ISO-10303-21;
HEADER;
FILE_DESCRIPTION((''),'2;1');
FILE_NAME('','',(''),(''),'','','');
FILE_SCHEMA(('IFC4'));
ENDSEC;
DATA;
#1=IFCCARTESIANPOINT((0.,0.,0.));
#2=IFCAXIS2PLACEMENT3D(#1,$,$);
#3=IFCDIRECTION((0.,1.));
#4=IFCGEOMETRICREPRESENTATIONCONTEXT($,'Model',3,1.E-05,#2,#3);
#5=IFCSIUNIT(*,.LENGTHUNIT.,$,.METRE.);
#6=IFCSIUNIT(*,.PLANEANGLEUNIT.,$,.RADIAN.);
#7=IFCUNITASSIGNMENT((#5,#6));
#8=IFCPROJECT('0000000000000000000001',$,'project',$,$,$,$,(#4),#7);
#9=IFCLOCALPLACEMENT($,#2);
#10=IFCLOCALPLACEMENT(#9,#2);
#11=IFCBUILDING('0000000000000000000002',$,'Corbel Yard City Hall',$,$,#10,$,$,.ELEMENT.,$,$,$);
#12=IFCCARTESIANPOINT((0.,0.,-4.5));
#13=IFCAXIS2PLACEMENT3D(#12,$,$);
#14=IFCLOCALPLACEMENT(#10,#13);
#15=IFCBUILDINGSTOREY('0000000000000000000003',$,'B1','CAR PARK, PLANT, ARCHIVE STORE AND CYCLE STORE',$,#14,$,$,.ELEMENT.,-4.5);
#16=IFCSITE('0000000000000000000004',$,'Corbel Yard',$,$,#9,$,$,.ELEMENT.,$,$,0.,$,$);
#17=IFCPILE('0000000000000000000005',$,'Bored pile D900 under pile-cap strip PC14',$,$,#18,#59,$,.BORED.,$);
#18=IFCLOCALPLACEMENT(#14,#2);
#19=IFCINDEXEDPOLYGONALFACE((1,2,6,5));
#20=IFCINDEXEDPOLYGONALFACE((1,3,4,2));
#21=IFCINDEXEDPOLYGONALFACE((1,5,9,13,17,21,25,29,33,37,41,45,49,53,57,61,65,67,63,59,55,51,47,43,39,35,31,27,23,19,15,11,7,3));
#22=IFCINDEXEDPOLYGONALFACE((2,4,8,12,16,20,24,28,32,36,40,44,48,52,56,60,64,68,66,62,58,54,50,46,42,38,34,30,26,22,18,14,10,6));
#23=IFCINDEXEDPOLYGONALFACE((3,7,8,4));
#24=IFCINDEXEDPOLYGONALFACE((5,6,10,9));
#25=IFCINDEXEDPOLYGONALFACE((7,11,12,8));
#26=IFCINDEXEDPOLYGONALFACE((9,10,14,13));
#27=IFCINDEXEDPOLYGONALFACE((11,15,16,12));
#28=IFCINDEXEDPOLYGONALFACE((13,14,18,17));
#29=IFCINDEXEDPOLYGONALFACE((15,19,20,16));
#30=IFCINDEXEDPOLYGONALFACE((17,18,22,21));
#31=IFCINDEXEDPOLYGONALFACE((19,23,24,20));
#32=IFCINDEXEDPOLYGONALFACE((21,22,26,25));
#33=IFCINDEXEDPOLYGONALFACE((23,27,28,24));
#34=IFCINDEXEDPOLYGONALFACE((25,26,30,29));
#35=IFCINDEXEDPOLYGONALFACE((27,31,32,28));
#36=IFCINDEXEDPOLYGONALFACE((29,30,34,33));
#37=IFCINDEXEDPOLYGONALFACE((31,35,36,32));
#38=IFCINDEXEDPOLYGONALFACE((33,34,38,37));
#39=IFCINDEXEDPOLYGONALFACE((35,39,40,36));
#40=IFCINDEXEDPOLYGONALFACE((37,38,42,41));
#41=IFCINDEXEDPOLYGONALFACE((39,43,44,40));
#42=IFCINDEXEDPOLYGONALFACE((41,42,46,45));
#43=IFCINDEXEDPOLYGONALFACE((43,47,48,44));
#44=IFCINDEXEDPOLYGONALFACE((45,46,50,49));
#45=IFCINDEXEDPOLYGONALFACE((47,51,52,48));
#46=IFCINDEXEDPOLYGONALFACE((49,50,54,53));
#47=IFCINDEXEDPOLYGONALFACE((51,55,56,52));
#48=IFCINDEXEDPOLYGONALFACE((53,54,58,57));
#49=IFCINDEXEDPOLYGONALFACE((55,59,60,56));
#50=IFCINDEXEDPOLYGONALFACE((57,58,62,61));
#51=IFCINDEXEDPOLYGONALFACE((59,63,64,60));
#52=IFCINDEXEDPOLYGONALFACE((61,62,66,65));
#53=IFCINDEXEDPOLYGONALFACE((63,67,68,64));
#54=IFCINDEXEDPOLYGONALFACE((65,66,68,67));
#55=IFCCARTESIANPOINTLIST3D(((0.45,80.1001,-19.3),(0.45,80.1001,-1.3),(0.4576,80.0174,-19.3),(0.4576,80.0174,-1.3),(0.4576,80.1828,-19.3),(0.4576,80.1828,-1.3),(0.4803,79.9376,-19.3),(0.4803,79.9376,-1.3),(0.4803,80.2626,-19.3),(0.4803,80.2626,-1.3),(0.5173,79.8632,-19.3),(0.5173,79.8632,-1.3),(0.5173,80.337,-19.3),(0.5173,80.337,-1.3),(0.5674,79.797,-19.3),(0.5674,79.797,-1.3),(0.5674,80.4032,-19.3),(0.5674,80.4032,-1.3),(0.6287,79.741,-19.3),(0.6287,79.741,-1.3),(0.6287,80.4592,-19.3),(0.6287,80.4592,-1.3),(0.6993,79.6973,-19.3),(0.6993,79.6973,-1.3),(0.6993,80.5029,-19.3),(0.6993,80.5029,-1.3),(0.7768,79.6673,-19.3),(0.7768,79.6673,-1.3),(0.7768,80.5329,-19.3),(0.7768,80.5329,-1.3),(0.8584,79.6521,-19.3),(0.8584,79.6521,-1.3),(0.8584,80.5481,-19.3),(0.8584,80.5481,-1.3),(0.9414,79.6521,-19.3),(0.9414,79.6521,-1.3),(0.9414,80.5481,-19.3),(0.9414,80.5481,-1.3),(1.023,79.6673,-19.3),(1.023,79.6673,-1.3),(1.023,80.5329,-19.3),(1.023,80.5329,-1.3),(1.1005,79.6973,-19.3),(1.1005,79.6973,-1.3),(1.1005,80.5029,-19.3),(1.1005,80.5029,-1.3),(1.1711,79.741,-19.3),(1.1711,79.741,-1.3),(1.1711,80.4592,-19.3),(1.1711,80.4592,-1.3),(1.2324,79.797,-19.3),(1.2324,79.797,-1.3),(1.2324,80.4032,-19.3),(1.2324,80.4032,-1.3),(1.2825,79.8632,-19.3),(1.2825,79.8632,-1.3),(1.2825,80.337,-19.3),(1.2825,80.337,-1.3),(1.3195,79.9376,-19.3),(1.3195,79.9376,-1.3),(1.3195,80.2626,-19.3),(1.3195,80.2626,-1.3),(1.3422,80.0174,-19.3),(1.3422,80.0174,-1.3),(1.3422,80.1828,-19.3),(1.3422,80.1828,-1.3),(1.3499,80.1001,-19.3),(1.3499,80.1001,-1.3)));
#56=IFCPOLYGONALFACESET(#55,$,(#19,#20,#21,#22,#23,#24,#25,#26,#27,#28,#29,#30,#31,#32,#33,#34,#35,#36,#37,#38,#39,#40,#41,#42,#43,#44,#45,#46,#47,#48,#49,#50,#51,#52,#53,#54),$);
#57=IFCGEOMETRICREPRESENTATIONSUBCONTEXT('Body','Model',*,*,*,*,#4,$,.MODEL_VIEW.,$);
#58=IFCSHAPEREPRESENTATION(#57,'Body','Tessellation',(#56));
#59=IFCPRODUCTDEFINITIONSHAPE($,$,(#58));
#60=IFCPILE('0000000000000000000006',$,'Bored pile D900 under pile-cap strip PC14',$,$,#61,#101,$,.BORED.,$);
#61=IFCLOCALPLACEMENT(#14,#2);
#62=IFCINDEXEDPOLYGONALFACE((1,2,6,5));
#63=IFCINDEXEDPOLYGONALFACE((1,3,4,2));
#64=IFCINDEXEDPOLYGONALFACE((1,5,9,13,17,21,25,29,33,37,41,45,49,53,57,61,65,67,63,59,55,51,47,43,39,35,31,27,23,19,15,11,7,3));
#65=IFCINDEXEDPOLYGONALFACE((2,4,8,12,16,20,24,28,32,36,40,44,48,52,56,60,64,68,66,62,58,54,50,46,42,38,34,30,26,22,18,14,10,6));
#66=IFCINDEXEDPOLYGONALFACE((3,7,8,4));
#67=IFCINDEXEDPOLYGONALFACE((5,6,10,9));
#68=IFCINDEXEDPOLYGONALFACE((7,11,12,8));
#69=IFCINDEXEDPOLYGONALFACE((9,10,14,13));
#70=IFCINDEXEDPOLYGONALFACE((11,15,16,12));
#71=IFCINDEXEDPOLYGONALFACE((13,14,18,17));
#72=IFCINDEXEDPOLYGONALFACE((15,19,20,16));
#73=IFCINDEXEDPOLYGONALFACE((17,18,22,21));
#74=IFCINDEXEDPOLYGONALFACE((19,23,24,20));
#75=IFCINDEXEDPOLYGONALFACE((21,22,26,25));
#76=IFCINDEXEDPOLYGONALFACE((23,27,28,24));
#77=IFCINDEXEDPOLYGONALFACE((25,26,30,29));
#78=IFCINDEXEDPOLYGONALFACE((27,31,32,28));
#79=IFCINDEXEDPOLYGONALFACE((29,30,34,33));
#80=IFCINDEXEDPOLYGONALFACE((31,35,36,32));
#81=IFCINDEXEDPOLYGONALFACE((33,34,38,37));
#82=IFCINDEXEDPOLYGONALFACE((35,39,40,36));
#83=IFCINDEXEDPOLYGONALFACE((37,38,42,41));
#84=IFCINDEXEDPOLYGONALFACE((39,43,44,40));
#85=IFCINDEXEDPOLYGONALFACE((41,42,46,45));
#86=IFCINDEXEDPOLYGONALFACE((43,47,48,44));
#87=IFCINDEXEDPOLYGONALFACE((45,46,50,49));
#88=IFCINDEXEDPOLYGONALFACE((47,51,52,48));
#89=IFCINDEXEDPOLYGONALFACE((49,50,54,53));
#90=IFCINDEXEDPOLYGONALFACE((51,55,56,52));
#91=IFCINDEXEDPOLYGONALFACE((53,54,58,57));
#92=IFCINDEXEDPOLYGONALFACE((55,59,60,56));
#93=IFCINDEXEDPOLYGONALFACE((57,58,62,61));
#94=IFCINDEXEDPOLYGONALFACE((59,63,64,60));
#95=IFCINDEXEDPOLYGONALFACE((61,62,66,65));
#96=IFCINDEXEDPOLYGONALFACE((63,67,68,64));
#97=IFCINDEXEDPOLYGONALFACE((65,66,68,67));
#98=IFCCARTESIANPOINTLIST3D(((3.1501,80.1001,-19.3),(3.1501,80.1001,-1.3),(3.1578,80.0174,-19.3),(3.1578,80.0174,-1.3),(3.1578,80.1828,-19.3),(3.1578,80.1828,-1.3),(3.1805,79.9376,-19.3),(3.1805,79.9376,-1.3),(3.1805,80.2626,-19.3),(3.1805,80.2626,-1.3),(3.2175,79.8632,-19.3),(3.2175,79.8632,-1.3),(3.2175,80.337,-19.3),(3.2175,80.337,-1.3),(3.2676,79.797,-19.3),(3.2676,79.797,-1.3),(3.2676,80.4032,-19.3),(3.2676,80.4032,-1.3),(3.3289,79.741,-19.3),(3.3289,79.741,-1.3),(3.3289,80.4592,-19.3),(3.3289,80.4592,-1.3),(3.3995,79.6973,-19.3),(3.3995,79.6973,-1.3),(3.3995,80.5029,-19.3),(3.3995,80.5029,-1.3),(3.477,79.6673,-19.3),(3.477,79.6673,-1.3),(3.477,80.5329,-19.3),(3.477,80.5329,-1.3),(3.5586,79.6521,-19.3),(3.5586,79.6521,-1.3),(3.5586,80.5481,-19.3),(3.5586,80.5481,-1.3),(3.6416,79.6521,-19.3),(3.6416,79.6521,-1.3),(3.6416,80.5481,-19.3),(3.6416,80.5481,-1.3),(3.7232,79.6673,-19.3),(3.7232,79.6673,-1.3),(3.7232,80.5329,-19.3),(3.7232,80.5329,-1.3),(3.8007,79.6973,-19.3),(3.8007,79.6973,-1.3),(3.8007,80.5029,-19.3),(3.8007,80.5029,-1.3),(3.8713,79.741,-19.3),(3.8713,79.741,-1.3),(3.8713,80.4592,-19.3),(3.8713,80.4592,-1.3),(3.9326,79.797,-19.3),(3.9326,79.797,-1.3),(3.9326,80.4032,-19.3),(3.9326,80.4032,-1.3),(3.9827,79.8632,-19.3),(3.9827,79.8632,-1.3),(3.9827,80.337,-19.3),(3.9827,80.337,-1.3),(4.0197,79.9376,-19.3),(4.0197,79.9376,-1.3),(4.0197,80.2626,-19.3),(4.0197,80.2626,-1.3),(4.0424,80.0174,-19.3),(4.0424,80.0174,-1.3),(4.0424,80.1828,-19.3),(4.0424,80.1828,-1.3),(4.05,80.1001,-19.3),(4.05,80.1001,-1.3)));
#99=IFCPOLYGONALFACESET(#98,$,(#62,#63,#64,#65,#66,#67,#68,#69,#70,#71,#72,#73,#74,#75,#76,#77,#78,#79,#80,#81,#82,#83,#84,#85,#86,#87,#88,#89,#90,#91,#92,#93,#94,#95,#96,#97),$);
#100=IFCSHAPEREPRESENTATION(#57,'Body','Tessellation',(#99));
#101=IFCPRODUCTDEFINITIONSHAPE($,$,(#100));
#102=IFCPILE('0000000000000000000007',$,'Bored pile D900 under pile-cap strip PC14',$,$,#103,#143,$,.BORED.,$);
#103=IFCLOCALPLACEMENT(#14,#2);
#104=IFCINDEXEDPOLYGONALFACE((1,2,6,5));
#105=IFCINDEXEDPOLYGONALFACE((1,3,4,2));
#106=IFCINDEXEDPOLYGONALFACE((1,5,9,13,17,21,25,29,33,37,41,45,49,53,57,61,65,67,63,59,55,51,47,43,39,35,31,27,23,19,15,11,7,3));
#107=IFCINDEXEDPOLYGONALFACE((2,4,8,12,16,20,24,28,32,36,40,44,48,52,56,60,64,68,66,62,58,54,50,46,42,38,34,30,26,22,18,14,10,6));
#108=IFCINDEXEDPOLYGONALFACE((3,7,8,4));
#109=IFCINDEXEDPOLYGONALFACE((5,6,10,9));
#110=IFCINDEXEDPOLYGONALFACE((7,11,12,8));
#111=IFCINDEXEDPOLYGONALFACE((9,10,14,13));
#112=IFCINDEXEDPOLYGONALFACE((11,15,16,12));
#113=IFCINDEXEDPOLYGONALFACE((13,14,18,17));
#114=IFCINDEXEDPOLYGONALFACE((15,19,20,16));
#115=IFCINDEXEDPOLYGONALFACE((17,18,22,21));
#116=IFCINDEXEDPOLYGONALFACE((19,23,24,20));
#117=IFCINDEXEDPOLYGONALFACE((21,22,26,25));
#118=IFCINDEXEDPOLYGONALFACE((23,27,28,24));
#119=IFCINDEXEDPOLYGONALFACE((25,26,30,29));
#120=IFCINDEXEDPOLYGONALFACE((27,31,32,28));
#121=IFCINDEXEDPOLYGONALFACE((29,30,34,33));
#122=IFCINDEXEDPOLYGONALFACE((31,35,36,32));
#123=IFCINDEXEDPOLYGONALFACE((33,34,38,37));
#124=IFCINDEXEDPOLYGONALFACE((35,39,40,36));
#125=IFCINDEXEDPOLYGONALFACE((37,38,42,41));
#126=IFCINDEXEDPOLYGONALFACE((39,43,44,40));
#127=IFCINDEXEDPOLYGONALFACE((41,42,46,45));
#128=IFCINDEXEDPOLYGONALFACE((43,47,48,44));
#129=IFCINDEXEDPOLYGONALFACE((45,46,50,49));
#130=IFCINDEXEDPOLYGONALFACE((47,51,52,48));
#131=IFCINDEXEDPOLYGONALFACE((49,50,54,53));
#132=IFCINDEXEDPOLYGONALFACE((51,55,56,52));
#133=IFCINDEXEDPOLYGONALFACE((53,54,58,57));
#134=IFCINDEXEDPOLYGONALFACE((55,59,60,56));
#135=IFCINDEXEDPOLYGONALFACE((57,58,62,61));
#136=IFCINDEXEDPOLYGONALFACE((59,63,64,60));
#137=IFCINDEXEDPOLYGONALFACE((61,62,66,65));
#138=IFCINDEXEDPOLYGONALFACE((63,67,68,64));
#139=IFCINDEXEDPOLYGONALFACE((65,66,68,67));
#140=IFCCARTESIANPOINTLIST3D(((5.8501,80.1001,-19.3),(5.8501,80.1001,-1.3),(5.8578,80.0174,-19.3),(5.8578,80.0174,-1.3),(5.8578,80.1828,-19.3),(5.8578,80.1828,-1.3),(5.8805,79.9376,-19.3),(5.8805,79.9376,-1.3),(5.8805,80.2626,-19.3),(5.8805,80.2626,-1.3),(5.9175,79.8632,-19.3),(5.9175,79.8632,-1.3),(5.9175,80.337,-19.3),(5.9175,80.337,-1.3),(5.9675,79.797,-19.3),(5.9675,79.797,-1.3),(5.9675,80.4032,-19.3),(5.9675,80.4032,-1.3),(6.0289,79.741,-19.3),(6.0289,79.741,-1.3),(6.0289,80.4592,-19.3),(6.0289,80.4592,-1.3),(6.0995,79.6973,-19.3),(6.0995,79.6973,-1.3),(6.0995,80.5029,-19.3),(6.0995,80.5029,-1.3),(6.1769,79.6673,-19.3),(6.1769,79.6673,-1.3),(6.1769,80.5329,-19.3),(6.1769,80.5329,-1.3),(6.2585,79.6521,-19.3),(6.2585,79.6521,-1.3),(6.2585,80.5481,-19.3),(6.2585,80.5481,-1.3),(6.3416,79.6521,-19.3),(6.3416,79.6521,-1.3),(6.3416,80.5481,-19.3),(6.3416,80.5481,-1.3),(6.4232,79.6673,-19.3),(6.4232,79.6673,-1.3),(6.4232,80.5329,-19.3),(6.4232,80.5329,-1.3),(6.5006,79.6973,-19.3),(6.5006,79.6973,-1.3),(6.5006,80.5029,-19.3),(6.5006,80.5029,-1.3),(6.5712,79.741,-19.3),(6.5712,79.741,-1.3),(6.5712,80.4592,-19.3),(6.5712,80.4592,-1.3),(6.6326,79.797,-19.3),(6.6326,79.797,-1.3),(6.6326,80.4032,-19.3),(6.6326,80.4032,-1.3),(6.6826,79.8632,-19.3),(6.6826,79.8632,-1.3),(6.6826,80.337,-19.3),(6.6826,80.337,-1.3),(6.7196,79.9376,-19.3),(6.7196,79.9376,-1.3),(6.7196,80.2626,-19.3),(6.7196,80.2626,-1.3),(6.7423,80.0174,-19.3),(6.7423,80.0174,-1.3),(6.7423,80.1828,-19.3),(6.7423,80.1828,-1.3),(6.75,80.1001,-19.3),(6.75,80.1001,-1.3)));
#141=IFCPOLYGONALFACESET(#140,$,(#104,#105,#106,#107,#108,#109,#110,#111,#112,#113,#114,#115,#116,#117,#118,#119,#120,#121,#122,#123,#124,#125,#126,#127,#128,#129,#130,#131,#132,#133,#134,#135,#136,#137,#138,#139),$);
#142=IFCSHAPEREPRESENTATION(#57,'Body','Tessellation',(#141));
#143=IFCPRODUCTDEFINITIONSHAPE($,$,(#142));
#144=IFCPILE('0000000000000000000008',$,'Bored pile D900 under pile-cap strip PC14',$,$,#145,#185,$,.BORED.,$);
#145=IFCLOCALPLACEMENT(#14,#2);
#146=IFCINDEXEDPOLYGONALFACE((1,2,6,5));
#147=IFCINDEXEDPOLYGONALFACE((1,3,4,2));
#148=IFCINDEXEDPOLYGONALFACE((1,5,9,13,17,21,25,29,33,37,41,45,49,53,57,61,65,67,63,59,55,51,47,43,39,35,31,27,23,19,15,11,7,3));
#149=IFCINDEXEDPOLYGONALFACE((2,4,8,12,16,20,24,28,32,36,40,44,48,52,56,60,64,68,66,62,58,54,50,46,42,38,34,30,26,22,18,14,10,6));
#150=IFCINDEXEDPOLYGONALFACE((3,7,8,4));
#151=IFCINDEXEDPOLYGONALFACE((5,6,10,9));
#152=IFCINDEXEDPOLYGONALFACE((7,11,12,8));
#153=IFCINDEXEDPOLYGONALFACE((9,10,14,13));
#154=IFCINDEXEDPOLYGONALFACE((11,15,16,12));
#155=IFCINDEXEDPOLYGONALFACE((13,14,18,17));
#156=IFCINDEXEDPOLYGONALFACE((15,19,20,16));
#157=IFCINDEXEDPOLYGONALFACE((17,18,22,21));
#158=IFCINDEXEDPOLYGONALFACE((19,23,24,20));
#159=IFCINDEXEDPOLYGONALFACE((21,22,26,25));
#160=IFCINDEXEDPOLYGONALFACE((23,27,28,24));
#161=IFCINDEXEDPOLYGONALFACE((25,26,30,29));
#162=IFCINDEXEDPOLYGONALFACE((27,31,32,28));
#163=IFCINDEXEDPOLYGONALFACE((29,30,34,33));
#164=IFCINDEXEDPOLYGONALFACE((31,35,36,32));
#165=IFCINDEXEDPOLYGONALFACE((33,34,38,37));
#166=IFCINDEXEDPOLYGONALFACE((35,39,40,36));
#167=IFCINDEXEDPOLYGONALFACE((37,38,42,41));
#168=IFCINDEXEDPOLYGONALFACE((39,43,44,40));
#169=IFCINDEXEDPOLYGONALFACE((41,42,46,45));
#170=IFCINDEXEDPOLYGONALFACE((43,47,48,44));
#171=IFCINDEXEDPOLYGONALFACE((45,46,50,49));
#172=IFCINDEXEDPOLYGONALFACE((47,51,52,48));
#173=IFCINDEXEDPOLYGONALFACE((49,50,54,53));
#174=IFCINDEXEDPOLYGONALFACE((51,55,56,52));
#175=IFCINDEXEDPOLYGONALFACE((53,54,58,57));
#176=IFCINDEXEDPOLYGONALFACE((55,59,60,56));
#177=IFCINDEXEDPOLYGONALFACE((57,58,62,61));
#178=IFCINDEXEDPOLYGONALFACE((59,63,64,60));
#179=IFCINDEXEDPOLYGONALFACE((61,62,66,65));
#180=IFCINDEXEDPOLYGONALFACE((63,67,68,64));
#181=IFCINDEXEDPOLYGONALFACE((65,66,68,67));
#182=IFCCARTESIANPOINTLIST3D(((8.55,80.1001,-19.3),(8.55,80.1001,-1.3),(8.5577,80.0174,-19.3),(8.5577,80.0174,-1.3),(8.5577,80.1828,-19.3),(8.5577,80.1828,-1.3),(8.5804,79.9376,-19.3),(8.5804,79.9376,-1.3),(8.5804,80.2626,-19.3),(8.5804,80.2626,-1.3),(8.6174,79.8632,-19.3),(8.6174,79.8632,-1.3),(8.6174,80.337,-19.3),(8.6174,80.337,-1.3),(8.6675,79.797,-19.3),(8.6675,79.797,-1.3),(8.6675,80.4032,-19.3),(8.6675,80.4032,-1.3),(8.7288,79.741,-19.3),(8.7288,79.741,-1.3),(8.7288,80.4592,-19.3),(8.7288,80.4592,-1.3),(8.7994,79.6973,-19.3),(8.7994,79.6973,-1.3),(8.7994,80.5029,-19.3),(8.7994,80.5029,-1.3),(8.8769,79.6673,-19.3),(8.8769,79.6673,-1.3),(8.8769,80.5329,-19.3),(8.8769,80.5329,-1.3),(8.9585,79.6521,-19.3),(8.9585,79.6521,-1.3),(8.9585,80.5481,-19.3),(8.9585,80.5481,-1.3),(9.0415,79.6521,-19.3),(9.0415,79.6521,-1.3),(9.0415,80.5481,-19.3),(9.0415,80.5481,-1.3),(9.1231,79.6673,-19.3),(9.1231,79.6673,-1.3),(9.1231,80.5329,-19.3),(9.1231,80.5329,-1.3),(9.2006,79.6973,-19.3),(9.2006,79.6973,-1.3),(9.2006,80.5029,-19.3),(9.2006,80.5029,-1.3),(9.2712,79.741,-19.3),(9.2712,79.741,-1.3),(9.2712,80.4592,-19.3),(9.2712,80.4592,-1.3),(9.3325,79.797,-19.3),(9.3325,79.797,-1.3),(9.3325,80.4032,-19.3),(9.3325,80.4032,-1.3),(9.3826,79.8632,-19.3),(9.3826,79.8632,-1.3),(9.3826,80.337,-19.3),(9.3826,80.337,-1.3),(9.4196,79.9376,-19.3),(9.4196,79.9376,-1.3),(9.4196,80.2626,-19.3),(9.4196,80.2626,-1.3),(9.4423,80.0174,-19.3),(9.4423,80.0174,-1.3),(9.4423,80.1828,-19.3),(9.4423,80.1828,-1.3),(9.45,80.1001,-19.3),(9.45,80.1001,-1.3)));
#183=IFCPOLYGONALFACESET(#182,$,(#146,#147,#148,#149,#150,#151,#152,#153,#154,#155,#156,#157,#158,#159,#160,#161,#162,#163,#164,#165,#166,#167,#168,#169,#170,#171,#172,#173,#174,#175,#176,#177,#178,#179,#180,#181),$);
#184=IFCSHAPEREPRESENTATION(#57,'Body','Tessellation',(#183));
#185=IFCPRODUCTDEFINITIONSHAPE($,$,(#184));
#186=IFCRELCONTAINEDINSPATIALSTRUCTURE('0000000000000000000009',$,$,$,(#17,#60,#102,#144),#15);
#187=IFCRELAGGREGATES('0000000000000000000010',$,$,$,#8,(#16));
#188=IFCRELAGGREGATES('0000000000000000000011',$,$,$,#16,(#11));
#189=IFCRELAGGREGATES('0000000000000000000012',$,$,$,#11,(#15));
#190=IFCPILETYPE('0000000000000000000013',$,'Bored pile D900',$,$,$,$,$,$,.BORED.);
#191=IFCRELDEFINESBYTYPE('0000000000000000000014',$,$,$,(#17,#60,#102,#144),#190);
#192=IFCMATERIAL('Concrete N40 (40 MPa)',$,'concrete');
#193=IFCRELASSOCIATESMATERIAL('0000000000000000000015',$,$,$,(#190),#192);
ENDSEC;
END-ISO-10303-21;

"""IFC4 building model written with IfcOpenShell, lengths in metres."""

from ifc_helpers import new_model, si_unit, direction, frame, origin, origin_2d, place, context, subcontext, project, spatial, circle, extrude, material, material_profile, profile_set, type_object, element, save


model = new_model("IFC4")

# Units and contexts
model_context = context("Model", 3, precision=1e-05, world=origin(), true_north=direction((0.0, 1.0)))
body_context = subcontext(model_context, "Body", "Model", "MODEL_VIEW")
ifc_project = project(units=[si_unit("LENGTHUNIT", "METRE"), si_unit("PLANEANGLEUNIT", "RADIAN")], contexts=[model_context])

# Site, building, storey
site_placement = place(None, origin())
site = spatial("IfcSite", under=ifc_project, at=site_placement, Name="Corbel Yard", CompositionType="ELEMENT", RefElevation=0.0)
building_placement = place(site_placement, origin())
building = spatial("IfcBuilding", under=site, at=building_placement, Name="Corbel Yard City Hall", CompositionType="ELEMENT")
storey_placement = place(building_placement, frame((0.0, 0.0, -4.5)))
storey = spatial("IfcBuildingStorey", under=building, at=storey_placement, Name="B1", Description="CAR PARK, PLANT, ARCHIVE STORE AND CYCLE STORE", CompositionType="ELEMENT", Elevation=-4.5)

# Piles
ifc_material = material(Name="Concrete N40 (40 MPa)", Category="concrete")
ifc_material_profile = material_profile(ifc_material, circle(Radius=0.45, at=origin_2d()), Name="D900")
ifc_profile_set = profile_set([ifc_material_profile], Name="Concrete N40 (40 MPa)")
pile_type = type_object("IfcPileType", Name="Bored pile D900", PredefinedType="BORED", material=ifc_profile_set)
for number, where, z_axis, x_axis, name in (
    (1, (0.8999, 80.1001, -1.3), (0.0, 0.0, -1.0), (1.0, 0.0, 0.0), "Bored pile D900 under pile-cap strip PC14"),
    (2, (3.6001, 80.1001, -1.3), (0.0, 0.0, -1.0), (1.0, 0.0, 0.0), "Bored pile D900 under pile-cap strip PC14"),
    (3, (6.3, 80.1001, -1.3), (0.0, 0.0, -1.0), (1.0, 0.0, 0.0), "Bored pile D900 under pile-cap strip PC14"),
    (4, (9.0, 80.1001, -1.3), (0.0, 0.0, -1.0), (1.0, 0.0, 0.0), "Bored pile D900 under pile-cap strip PC14"),
):
    element("IfcPile", number, at=place(storey_placement, frame(where, z_axis=z_axis, x_axis=x_axis)), inside=storey, type_object=pile_type, Name=name, PredefinedType="BORED", context=body_context, shape_type="SweptSolid", body=[
        extrude(circle(Radius=0.45, at=origin_2d()), origin(), (0.0, 0.0, 1.0), 18.0),
    ])

save(model, "model.ifc")
